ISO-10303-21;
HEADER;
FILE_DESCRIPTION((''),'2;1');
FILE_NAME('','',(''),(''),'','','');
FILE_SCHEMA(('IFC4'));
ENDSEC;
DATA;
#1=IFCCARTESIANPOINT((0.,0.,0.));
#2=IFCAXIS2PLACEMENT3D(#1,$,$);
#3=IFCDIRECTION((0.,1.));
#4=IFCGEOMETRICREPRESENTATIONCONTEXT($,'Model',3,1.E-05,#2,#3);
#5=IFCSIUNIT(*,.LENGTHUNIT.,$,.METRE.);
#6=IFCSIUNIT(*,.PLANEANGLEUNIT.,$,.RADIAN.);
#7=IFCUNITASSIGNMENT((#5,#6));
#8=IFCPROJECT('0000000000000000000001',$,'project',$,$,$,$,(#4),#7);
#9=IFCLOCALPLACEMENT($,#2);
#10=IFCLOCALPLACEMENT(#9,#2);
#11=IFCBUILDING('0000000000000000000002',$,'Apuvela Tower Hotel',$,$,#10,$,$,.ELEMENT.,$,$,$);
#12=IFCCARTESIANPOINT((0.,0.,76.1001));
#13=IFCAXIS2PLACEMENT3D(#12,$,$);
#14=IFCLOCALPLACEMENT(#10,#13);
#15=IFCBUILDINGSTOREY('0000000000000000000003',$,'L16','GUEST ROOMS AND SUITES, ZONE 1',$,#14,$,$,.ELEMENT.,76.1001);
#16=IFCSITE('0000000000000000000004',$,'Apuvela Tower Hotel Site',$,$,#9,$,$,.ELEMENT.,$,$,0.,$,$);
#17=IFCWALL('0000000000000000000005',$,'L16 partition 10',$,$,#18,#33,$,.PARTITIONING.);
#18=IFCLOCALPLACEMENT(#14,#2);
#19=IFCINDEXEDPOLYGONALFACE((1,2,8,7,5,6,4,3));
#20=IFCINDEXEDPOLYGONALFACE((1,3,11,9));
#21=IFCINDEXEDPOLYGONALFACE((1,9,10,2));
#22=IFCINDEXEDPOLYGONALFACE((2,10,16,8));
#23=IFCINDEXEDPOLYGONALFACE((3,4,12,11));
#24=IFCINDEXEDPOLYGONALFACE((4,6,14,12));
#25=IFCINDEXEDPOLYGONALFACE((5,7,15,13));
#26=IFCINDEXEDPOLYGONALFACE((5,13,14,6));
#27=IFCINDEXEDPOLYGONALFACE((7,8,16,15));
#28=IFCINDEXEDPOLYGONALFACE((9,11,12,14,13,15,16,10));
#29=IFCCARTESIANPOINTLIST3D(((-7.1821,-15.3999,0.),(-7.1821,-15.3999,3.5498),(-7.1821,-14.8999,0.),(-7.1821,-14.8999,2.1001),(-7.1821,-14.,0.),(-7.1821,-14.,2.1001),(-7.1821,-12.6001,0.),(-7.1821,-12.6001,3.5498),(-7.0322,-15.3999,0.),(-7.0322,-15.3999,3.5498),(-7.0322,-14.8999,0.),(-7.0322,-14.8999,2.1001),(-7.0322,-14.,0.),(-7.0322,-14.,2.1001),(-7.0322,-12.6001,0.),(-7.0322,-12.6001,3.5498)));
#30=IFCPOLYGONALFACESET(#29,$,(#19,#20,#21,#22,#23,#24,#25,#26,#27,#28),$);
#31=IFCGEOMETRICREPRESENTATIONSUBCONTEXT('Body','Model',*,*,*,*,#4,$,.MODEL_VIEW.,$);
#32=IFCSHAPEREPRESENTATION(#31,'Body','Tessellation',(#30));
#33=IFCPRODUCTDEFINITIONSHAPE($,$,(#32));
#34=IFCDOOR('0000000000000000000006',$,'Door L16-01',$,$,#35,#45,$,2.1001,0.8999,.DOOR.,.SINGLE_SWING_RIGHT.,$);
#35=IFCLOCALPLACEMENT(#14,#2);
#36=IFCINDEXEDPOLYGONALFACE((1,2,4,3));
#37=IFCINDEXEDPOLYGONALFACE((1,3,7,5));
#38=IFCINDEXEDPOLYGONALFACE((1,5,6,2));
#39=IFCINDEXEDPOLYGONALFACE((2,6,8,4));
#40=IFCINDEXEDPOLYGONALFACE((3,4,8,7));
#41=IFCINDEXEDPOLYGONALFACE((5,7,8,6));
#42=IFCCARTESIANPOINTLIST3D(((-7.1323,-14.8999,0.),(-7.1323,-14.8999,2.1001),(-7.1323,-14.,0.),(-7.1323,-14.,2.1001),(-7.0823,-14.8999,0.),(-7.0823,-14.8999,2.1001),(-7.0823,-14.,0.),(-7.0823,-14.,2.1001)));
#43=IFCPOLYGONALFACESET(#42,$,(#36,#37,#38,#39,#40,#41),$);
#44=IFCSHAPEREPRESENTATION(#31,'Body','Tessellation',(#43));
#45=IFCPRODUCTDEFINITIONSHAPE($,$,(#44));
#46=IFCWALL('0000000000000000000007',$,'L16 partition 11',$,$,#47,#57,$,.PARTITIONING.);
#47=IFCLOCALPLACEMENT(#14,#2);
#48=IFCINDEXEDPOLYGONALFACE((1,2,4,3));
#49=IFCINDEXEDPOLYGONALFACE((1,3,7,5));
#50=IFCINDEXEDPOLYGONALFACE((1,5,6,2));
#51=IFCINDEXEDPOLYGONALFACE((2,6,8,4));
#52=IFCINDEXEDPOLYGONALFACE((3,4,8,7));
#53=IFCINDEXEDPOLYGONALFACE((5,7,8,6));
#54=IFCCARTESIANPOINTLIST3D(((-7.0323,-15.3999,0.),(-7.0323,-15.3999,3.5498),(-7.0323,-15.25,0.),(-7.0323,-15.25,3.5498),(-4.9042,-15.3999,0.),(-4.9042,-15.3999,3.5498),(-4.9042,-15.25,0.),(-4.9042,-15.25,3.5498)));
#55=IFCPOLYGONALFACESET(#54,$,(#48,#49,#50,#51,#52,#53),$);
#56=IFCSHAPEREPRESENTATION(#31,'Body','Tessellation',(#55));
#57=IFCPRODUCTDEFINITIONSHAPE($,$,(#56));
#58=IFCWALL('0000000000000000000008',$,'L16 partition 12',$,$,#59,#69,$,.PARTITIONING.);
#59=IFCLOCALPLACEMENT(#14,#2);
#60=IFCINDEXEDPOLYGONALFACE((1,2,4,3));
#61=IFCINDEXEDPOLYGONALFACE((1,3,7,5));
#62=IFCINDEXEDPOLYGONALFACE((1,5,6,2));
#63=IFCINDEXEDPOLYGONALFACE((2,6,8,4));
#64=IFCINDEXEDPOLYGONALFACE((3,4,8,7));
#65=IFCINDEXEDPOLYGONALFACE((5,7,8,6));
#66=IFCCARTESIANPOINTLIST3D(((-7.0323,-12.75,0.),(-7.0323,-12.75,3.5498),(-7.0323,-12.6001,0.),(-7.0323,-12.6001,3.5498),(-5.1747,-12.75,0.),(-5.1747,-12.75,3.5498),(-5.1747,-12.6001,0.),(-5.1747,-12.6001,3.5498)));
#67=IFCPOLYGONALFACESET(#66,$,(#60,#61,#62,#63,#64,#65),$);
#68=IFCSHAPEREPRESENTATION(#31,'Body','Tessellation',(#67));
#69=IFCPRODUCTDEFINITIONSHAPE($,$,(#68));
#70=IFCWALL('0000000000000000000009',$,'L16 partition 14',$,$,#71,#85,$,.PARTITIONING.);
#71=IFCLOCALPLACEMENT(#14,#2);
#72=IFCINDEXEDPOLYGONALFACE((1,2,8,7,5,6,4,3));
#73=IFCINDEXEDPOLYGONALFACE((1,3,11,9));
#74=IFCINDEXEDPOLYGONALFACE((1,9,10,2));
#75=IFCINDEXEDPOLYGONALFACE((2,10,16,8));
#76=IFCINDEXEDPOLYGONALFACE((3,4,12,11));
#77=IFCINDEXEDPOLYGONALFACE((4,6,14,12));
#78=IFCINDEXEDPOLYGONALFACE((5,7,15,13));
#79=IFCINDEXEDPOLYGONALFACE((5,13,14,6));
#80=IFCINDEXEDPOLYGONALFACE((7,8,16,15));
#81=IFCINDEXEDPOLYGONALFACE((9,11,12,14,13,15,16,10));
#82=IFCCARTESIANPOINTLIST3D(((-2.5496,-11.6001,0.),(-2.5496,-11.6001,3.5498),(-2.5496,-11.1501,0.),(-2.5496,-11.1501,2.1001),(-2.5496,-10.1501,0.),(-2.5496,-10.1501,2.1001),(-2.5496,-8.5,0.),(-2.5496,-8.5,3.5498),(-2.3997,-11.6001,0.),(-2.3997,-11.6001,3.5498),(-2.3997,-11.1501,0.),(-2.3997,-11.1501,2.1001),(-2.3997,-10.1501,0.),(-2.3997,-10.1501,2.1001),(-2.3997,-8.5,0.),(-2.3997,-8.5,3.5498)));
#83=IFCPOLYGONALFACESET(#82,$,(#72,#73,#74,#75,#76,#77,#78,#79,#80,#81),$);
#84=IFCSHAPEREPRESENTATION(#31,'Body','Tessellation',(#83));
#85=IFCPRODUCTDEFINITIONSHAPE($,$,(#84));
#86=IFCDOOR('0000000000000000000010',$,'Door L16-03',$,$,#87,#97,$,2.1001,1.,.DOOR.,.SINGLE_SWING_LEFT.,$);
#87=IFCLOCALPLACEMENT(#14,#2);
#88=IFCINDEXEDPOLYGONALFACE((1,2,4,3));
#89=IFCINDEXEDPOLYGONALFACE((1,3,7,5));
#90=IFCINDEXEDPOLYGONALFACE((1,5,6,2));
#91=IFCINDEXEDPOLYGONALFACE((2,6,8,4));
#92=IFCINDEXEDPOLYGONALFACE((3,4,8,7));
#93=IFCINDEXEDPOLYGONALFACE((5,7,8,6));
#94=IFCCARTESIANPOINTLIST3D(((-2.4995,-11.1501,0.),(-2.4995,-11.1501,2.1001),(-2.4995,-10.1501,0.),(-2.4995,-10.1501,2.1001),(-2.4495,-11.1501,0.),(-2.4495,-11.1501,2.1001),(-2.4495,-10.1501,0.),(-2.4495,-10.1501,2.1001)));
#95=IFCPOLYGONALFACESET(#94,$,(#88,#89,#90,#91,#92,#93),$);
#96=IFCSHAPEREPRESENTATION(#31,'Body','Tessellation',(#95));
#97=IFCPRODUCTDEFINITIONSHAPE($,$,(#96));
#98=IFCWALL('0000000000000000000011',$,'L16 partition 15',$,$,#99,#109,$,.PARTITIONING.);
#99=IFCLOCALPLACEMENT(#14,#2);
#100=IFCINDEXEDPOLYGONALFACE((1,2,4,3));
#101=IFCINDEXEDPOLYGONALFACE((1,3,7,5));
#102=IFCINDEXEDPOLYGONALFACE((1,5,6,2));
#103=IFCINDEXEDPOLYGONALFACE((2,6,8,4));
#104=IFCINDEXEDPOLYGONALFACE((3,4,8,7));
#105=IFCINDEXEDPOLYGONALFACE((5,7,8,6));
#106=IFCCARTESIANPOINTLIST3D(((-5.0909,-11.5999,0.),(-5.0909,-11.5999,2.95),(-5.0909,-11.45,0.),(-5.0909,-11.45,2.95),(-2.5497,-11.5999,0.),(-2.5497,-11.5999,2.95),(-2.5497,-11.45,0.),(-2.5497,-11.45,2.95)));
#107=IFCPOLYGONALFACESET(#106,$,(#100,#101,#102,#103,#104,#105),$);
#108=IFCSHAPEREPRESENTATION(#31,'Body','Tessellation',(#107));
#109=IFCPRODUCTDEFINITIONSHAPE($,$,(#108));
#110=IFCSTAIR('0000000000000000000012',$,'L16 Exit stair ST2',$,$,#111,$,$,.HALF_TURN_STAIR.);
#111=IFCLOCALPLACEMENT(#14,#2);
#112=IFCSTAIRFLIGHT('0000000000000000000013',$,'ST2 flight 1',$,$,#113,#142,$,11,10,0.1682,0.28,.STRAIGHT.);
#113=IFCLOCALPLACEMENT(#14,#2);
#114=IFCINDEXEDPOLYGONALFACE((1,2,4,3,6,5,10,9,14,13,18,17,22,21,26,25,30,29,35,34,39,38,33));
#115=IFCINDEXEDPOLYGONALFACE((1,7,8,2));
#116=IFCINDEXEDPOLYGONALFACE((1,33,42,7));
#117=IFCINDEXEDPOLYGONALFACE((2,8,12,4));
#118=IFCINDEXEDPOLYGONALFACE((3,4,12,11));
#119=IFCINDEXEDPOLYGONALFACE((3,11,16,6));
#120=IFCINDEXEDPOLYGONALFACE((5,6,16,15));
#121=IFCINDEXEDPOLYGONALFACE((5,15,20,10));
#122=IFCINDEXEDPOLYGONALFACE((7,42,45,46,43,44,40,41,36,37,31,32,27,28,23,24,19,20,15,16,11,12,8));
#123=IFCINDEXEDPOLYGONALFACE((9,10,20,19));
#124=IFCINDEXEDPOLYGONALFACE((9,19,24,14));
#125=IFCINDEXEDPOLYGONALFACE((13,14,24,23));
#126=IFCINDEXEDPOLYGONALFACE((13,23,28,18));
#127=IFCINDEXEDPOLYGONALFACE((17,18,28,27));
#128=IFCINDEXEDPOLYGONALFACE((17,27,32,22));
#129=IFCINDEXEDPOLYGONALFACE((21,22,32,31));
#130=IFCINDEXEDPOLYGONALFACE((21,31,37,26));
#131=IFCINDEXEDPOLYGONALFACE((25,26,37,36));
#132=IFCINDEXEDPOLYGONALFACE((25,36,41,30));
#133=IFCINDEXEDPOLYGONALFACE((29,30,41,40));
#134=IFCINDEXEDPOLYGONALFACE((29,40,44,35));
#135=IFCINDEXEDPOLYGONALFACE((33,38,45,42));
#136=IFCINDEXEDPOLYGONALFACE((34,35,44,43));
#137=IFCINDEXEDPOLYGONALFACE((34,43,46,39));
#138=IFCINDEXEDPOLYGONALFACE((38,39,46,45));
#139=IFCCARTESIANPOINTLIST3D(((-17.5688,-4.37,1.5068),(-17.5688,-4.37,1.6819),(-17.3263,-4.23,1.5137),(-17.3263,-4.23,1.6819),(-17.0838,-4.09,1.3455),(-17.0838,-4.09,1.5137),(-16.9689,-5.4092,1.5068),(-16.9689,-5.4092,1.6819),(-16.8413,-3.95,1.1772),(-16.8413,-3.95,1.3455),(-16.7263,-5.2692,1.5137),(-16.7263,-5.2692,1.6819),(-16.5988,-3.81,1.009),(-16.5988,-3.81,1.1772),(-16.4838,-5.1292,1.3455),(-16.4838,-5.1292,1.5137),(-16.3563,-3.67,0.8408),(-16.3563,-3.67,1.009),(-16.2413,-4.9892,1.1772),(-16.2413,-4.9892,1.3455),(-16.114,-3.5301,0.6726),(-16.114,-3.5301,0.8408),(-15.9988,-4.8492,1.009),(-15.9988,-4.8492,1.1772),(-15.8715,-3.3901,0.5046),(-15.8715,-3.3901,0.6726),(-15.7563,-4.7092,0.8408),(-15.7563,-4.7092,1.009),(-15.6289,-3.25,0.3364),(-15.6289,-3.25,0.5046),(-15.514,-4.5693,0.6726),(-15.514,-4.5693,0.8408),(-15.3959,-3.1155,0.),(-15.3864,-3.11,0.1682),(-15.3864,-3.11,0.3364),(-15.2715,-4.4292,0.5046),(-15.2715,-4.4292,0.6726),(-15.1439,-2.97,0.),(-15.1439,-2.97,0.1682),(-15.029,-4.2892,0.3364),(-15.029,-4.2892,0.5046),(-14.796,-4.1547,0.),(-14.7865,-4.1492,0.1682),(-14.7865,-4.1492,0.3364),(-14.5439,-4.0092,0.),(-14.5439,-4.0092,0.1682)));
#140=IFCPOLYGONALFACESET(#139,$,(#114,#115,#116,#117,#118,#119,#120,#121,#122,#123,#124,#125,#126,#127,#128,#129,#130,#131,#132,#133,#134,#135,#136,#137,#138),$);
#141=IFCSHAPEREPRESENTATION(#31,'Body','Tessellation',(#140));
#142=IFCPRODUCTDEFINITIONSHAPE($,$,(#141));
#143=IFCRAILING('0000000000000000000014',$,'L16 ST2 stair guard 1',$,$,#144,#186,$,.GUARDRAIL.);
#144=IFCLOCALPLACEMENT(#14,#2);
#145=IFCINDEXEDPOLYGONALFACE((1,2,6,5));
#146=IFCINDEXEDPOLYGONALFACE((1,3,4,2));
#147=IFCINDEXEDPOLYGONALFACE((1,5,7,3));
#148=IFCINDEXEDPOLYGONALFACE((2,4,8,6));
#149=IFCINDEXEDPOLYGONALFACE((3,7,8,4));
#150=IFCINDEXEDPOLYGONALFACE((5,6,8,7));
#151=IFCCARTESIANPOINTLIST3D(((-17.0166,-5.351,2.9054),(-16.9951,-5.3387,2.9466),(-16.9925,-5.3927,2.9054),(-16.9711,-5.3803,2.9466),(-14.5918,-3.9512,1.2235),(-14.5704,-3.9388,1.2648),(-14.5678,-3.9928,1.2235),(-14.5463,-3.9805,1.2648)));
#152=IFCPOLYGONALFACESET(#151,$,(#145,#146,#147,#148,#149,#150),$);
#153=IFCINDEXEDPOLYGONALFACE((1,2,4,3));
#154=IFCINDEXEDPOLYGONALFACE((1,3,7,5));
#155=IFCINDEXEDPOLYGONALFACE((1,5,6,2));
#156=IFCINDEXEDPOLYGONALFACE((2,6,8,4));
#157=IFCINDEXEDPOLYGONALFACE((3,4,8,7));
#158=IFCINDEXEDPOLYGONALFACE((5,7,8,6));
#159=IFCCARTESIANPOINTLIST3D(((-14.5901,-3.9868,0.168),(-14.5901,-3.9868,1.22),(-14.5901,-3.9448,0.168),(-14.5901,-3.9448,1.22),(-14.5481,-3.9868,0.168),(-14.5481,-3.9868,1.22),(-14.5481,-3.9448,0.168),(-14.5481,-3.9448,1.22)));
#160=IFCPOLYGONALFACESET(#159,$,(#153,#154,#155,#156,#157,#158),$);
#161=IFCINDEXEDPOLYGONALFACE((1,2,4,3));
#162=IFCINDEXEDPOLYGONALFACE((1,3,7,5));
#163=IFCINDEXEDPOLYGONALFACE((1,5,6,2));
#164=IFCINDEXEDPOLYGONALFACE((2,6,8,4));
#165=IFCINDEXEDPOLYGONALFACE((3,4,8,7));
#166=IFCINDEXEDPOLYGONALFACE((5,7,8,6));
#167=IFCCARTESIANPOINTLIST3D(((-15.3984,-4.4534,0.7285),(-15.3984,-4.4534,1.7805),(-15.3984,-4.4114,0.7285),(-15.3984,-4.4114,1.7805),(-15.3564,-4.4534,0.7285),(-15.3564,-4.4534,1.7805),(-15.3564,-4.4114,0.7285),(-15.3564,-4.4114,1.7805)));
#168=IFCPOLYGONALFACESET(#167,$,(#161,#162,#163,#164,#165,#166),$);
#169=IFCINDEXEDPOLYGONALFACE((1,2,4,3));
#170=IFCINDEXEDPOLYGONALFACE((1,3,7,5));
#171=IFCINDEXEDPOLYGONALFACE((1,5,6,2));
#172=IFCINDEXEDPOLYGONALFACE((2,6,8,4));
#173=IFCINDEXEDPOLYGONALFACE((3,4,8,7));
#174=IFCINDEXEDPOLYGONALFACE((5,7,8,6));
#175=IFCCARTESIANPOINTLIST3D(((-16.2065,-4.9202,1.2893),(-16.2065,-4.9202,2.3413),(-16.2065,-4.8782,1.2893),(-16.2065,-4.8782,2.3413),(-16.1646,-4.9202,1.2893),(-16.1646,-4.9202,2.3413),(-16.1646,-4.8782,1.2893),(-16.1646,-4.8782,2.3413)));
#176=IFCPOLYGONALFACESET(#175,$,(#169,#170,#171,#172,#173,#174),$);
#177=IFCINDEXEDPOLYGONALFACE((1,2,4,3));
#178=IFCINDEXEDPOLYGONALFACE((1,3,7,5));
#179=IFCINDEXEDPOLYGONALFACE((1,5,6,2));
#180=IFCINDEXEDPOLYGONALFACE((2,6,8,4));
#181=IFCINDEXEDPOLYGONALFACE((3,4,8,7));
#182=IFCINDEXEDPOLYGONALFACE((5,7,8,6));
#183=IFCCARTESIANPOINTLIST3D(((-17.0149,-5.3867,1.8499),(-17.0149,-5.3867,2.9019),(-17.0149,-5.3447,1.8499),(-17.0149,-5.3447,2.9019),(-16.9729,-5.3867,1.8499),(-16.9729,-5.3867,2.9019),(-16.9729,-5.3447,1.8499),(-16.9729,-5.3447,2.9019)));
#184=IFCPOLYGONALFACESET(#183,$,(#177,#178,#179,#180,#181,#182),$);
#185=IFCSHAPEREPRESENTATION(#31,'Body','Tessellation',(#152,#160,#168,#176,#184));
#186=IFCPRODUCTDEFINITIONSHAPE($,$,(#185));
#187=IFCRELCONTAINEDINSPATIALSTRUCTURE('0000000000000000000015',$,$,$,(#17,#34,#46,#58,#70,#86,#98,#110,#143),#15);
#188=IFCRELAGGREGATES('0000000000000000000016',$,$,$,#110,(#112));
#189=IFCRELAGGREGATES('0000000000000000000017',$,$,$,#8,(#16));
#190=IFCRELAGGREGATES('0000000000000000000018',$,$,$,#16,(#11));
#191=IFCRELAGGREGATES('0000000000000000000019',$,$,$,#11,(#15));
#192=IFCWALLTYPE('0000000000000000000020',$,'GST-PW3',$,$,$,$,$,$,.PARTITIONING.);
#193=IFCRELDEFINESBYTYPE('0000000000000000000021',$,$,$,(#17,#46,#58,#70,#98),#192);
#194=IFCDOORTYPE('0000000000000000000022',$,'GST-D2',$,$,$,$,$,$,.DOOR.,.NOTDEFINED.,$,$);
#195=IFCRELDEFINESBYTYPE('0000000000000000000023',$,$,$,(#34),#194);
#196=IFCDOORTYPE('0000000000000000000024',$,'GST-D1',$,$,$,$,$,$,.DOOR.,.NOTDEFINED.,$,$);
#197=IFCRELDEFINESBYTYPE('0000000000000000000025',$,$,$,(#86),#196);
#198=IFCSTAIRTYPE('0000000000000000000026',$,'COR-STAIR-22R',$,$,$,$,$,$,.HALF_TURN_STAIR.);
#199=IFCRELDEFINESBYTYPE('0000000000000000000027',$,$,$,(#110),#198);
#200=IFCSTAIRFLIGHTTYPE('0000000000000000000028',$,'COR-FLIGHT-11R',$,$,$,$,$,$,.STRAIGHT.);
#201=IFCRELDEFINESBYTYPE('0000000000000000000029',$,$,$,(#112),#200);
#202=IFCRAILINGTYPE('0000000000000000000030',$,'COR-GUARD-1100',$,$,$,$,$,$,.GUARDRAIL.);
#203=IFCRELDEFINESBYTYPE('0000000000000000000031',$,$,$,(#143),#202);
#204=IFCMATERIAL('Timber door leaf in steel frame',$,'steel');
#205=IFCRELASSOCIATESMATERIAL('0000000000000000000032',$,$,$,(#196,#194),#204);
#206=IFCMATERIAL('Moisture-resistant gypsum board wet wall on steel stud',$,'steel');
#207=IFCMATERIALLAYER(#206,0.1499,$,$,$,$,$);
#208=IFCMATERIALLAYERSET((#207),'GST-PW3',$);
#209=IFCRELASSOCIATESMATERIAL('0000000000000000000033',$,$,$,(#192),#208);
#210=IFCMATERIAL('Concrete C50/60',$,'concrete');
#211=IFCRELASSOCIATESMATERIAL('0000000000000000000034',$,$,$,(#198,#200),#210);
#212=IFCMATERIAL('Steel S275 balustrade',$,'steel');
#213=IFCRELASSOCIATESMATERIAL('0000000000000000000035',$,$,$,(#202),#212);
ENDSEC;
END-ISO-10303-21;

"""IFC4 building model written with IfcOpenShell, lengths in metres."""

from ifc_helpers import new_model, si_unit, direction, frame, frame_2d, origin, origin_2d, place, context, subcontext, project, spatial, polyline, rectangle, outline, extrude, material, layer, layer_set, type_object, element, fill, aggregate, save


model = new_model("IFC4")

# Units and contexts
model_context = context("Model", 3, precision=1e-05, world=origin(), true_north=direction((0.0, 1.0)))
body_context = subcontext(model_context, "Body", "Model", "MODEL_VIEW")
ifc_project = project(units=[si_unit("LENGTHUNIT", "METRE"), si_unit("PLANEANGLEUNIT", "RADIAN")], contexts=[model_context])

# Site, building, storey
site_placement = place(None, origin())
site = spatial("IfcSite", under=ifc_project, at=site_placement, Name="Apuvela Tower Hotel Site", CompositionType="ELEMENT", RefElevation=0.0)
building_placement = place(site_placement, origin())
building = spatial("IfcBuilding", under=site, at=building_placement, Name="Apuvela Tower Hotel", CompositionType="ELEMENT")
storey_placement = place(building_placement, frame((0.0, 0.0, 76.1001)))
storey = spatial("IfcBuildingStorey", under=building, at=storey_placement, Name="L16", Description="GUEST ROOMS AND SUITES, ZONE 1", CompositionType="ELEMENT", Elevation=76.1001)

# Shared definitions
ifc_material_1 = material(Name="Concrete C50/60", Category="concrete")

# Wall, opening, door
ifc_material_2 = material(Name="Timber door leaf in steel frame", Category="steel")
door_type_1 = type_object("IfcDoorType", Name="GST-D1", OperationType="NOTDEFINED", PredefinedType="DOOR", material=ifc_material_2)
ifc_material_3 = material(Name="Moisture-resistant gypsum board wet wall on steel stud", Category="steel")
ifc_layer_1 = layer(ifc_material_3, 0.1499)
ifc_layer_set_1 = layer_set([ifc_layer_1], Name="GST-PW3")
wall_type_1 = type_object("IfcWallType", Name="GST-PW3", PredefinedType="PARTITIONING", material=ifc_layer_set_1)
wall_1_placement = place(storey_placement, frame((-7.1072, -12.6001, 0.0), z_axis=(0.0, 0.0, 1.0), x_axis=(0.0, -1.0, 0.0)))
wall_1 = element("IfcWall", 1, at=wall_1_placement, inside=storey, type_object=wall_type_1, Name="L16 partition 10", PredefinedType="PARTITIONING", context=body_context, shape_type="SweptSolid", body=[
    extrude(rectangle(XDim=2.7998, YDim=0.1499, at=frame_2d((1.3999, 0.0))), origin(), (0.0, 0.0, 1.0), 3.5498),
])
opening_1_placement = place(wall_1_placement, frame((1.3999, 0.0, 0.0)))
opening_1 = element("IfcOpeningElement", 2, at=opening_1_placement, cuts=wall_1, PredefinedType="OPENING", context=body_context, shape_type="SweptSolid", body=[
    extrude(rectangle(XDim=0.8999, YDim=2.1001, at=frame_2d((0.45, 1.05))), frame((0.0, 0.085, 0.0), z_axis=(0.0, -1.0, 0.0), x_axis=(1.0, 0.0, 0.0)), (0.0, 0.0, 1.0), 0.1699),
])
door_type_2 = type_object("IfcDoorType", Name="GST-D2", OperationType="NOTDEFINED", PredefinedType="DOOR", material=ifc_material_2)
door_1_placement = place(opening_1_placement, origin())
door_1 = element("IfcDoor", 3, at=door_1_placement, inside=storey, type_object=door_type_2, Name="Door L16-01", OperationType="SINGLE_SWING_RIGHT", OverallHeight=2.1001, OverallWidth=0.8999, PredefinedType="DOOR", context=body_context, shape_type="SweptSolid", body=[
    extrude(rectangle(XDim=0.8999, YDim=2.1001, at=frame_2d((0.45, 1.05))), frame((0.0, 0.0249, 0.0), z_axis=(0.0, -1.0, 0.0), x_axis=(1.0, 0.0, 0.0)), (0.0, 0.0, 1.0), 0.05),
])
fill(opening_1, door_1)

# Walls
wall_2_placement = place(storey_placement, frame((-7.0322, -15.325, 0.0), z_axis=(0.0, 0.0, 1.0), x_axis=(1.0, 0.0, 0.0)))
element("IfcWall", 4, at=wall_2_placement, inside=storey, type_object=wall_type_1, Name="L16 partition 11", PredefinedType="PARTITIONING", context=body_context, shape_type="SweptSolid", body=[
    extrude(rectangle(XDim=2.1282, YDim=0.1499, at=frame_2d((1.064, 0.0))), origin(), (0.0, 0.0, 1.0), 3.5498),
])
wall_3_placement = place(storey_placement, frame((-7.0322, -12.675, 0.0), z_axis=(0.0, 0.0, 1.0), x_axis=(1.0, 0.0, 0.0)))
element("IfcWall", 5, at=wall_3_placement, inside=storey, type_object=wall_type_1, Name="L16 partition 12", PredefinedType="PARTITIONING", context=body_context, shape_type="SweptSolid", body=[
    extrude(rectangle(XDim=1.8577, YDim=0.1499, at=frame_2d((0.9287, 0.0))), origin(), (0.0, 0.0, 1.0), 3.5498),
])

# Wall, opening, door
wall_4_placement = place(storey_placement, frame((-2.4746, -11.6001, 0.0), z_axis=(0.0, 0.0, 1.0), x_axis=(0.0, 1.0, 0.0)))
wall_4 = element("IfcWall", 6, at=wall_4_placement, inside=storey, type_object=wall_type_1, Name="L16 partition 14", PredefinedType="PARTITIONING", context=body_context, shape_type="SweptSolid", body=[
    extrude(rectangle(XDim=3.1001, YDim=0.1499, at=frame_2d((1.55, 0.0))), origin(), (0.0, 0.0, 1.0), 3.5498),
])
opening_2_placement = place(wall_4_placement, frame((0.45, 0.0, 0.0)))
opening_2 = element("IfcOpeningElement", 7, at=opening_2_placement, cuts=wall_4, PredefinedType="OPENING", context=body_context, shape_type="SweptSolid", body=[
    extrude(rectangle(XDim=1.0, YDim=2.1001, at=frame_2d((0.5, 1.05))), frame((0.0, 0.085, 0.0), z_axis=(0.0, -1.0, 0.0), x_axis=(1.0, 0.0, 0.0)), (0.0, 0.0, 1.0), 0.1699),
])
door_2_placement = place(opening_2_placement, origin())
door_2 = element("IfcDoor", 8, at=door_2_placement, inside=storey, type_object=door_type_1, Name="Door L16-03", OperationType="SINGLE_SWING_LEFT", OverallHeight=2.1001, OverallWidth=1.0, PredefinedType="DOOR", context=body_context, shape_type="SweptSolid", body=[
    extrude(rectangle(XDim=1.0, YDim=2.1001, at=frame_2d((0.5, 1.05))), frame((0.0, 0.0249, 0.0), z_axis=(0.0, -1.0, 0.0), x_axis=(1.0, 0.0, 0.0)), (0.0, 0.0, 1.0), 0.05),
])
fill(opening_2, door_2)

# Wall
wall_5_placement = place(storey_placement, frame((-5.0908, -11.5249, 0.0), z_axis=(0.0, 0.0, 1.0), x_axis=(1.0, 0.0, 0.0)))
element("IfcWall", 9, at=wall_5_placement, inside=storey, type_object=wall_type_1, Name="L16 partition 15", PredefinedType="PARTITIONING", context=body_context, shape_type="SweptSolid", body=[
    extrude(rectangle(XDim=2.5413, YDim=0.1499, at=frame_2d((1.2705, 0.0))), origin(), (0.0, 0.0, 1.0), 2.95),
])

# Stair, stair flight
stair_type = type_object("IfcStairType", Name="COR-STAIR-22R", PredefinedType="HALF_TURN_STAIR", material=ifc_material_1)
stair_placement = place(storey_placement, origin())
stair = element("IfcStair", 10, at=stair_placement, inside=storey, type_object=stair_type, Name="L16 Exit stair ST2", PredefinedType="HALF_TURN_STAIR")
stair_flight_type = type_object("IfcStairFlightType", Name="COR-FLIGHT-11R", PredefinedType="STRAIGHT", material=ifc_material_1)
stair_flight_placement = place(storey_placement, frame((-14.844, -3.4895, 0.0), z_axis=(0.0, 0.0, 1.0), x_axis=(-0.866025, -0.5, 0.0)))
stair_flight = element("IfcStairFlight", 11, at=stair_flight_placement, type_object=stair_flight_type, Name="ST2 flight 1", NumberOfRisers=11, NumberOfTreads=10, PredefinedType="STRAIGHT", RiserHeight=0.1682, TreadLength=0.28, context=body_context, shape_type="SweptSolid", body=[
    extrude(outline(polyline([(0.0, 0.0), (0.0, 0.1682), (0.28, 0.1682), (0.28, 0.3364), (0.5601, 0.3364), (0.5601, 0.5046), (0.8401, 0.5046), (0.8401, 0.6726), (1.1201, 0.6726), (1.1201, 0.8408), (1.3999, 0.8408), (1.3999, 1.009), (1.6799, 1.009), (1.6799, 1.1772), (1.96, 1.1772), (1.96, 1.3455), (2.24, 1.3455), (2.24, 1.5137), (2.52, 1.5137), (2.52, 1.6819), (2.8, 1.6819), (2.8, 1.8501), (2.8, 1.5068), (0.291, 0.0), (0.0, 0.0)])), frame((0.0, 0.6001, 0.0), z_axis=(0.0, -1.0, 0.0), x_axis=(1.0, 0.0, 0.0)), (0.0, 0.0, 1.0), 1.2),
])
aggregate(stair, [stair_flight])

# Railing
ifc_material_4 = material(Name="Steel S275 balustrade", Category="steel")
railing_type = type_object("IfcRailingType", Name="COR-GUARD-1100", PredefinedType="GUARDRAIL", material=ifc_material_4)
railing_1_placement = place(storey_placement, frame((-14.5691, -3.9658, 0.168)))
element("IfcRailing", 12, at=railing_1_placement, inside=storey, type_object=railing_type, Name="L16 ST2 stair guard 1", PredefinedType="GUARDRAIL", context=body_context, shape_type="SweptSolid", body=[
    extrude(rectangle(XDim=0.0481, YDim=0.0481, at=origin_2d()), frame((0.0, 0.0, 1.0762), z_axis=(-0.74239, -0.428601, 0.514934), x_axis=(0.499984, -0.866035, 0.0)), (0.0, 0.0, 1.0), 3.2661),
    extrude(rectangle(XDim=0.042, YDim=0.042, at=origin_2d()), origin(), (0.0, 0.0, 1.0), 1.052),
    extrude(rectangle(XDim=0.042, YDim=0.042, at=origin_2d()), frame((-0.8083, -0.4666, 0.5605)), (0.0, 0.0, 1.0), 1.052),
    extrude(rectangle(XDim=0.042, YDim=0.042, at=origin_2d()), frame((-1.6165, -0.9333, 1.1213)), (0.0, 0.0, 1.0), 1.052),
    extrude(rectangle(XDim=0.042, YDim=0.042, at=origin_2d()), frame((-2.4248, -1.3999, 1.6819)), (0.0, 0.0, 1.0), 1.052),
])

save(model, "model.ifc")
